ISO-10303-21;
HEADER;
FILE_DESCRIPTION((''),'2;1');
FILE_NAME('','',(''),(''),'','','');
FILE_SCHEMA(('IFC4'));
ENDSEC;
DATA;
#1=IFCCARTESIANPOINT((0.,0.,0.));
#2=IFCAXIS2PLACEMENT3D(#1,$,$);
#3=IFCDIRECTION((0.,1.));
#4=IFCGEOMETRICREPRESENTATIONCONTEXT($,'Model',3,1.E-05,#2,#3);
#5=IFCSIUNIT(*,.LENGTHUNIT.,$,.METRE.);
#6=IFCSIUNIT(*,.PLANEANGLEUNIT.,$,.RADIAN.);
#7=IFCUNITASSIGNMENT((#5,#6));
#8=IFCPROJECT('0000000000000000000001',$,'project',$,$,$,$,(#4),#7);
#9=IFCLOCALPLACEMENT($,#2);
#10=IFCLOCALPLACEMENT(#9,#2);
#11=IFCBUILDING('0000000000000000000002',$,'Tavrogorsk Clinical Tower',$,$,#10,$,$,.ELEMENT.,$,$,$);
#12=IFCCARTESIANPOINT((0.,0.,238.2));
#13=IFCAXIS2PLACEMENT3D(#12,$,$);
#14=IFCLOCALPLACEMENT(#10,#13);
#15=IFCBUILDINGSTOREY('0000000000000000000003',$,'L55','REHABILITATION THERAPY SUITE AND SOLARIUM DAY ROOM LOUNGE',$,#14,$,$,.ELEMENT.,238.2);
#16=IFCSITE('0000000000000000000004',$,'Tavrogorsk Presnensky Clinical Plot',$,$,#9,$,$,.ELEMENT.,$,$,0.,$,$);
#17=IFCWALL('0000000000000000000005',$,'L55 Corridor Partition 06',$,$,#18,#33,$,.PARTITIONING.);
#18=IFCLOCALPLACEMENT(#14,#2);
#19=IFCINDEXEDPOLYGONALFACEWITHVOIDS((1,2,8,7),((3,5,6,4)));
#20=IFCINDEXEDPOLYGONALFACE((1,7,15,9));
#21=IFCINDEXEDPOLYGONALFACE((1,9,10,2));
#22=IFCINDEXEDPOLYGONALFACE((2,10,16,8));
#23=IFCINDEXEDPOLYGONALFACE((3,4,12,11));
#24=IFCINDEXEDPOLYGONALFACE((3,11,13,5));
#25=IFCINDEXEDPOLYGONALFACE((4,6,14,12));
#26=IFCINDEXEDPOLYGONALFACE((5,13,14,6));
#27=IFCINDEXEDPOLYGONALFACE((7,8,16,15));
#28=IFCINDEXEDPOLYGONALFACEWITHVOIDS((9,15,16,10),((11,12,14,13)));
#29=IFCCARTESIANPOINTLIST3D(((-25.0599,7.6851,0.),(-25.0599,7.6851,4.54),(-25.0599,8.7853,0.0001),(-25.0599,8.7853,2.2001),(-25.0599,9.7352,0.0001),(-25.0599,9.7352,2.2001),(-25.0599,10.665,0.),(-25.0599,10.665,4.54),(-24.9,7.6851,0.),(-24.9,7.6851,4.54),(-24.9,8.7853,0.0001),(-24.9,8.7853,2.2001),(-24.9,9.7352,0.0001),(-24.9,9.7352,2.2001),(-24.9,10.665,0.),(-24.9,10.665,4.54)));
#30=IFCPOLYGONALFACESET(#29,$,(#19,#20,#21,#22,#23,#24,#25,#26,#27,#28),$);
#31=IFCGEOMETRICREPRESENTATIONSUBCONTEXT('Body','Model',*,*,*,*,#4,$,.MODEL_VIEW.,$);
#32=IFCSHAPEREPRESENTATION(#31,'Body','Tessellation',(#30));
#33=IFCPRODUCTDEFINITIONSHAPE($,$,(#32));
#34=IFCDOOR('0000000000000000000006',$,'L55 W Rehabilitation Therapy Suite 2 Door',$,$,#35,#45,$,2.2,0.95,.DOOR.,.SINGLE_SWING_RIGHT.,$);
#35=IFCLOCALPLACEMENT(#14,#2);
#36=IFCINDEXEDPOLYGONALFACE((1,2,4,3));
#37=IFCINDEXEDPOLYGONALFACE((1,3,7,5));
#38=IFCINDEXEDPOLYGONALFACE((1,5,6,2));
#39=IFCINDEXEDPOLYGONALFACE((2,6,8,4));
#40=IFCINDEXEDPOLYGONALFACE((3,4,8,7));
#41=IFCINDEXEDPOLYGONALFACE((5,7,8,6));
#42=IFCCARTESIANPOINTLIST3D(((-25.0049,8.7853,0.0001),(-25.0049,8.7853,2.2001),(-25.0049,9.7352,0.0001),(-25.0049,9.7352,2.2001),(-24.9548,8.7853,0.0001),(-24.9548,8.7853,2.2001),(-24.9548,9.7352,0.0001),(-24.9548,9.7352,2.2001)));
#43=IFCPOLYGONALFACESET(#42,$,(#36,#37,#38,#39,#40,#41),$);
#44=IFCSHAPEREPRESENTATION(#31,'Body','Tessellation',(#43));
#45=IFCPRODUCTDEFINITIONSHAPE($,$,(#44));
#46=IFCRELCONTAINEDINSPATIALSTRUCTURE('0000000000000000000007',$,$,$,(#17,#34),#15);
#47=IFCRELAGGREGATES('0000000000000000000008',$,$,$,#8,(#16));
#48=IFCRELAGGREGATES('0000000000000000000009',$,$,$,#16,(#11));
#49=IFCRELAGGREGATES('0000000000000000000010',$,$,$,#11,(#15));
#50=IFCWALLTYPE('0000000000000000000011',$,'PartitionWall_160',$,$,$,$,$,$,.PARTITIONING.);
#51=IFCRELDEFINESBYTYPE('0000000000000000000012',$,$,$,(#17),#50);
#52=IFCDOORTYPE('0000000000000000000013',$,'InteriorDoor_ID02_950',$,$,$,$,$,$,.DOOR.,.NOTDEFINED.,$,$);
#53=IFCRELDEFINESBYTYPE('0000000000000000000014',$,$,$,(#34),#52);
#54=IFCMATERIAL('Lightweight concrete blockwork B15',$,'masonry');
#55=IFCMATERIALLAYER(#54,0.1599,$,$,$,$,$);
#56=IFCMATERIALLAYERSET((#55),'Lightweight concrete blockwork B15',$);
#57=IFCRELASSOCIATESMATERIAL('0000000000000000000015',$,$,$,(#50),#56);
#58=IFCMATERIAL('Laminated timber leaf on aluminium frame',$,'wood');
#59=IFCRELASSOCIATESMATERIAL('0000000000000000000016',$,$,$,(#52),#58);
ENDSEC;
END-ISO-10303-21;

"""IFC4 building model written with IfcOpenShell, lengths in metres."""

from ifc_helpers import new_model, si_unit, direction, frame, frame_2d, origin, place, context, subcontext, project, spatial, rectangle, extrude, material, layer, layer_set, type_object, element, fill, save


model = new_model("IFC4")

# Units and contexts
model_context = context("Model", 3, precision=1e-05, world=origin(), true_north=direction((0.0, 1.0)))
body_context = subcontext(model_context, "Body", "Model", "MODEL_VIEW")
ifc_project = project(units=[si_unit("LENGTHUNIT", "METRE"), si_unit("PLANEANGLEUNIT", "RADIAN")], contexts=[model_context])

# Site, building, storey
site_placement = place(None, origin())
site = spatial("IfcSite", under=ifc_project, at=site_placement, Name="Tavrogorsk Presnensky Clinical Plot", CompositionType="ELEMENT", RefElevation=0.0)
building_placement = place(site_placement, origin())
building = spatial("IfcBuilding", under=site, at=building_placement, Name="Tavrogorsk Clinical Tower", CompositionType="ELEMENT")
storey_placement = place(building_placement, frame((0.0, 0.0, 238.2)))
storey = spatial("IfcBuildingStorey", under=building, at=storey_placement, Name="L55", Description="REHABILITATION THERAPY SUITE AND SOLARIUM DAY ROOM LOUNGE", CompositionType="ELEMENT", Elevation=238.2)

# Wall, opening, door
ifc_material_1 = material(Name="Lightweight concrete blockwork B15", Category="masonry")
ifc_layer_1 = layer(ifc_material_1, 0.1599)
ifc_layer_set_1 = layer_set([ifc_layer_1], Name="Lightweight concrete blockwork B15")
wall_type_1 = type_object("IfcWallType", Name="PartitionWall_160", PredefinedType="PARTITIONING", material=ifc_layer_set_1)
wall_1_placement = place(storey_placement, frame((-24.98, 7.6851, 0.0), z_axis=(0.0, 0.0, 1.0), x_axis=(0.0, 1.0, 0.0)))
wall_1 = element("IfcWall", 1, at=wall_1_placement, inside=storey, type_object=wall_type_1, Name="L55 Corridor Partition 06", PredefinedType="PARTITIONING", context=body_context, shape_type="SweptSolid", body=[
    extrude(rectangle(XDim=2.98, YDim=0.1599, at=frame_2d((1.49, 0.0))), origin(), (0.0, 0.0, 1.0), 4.54),
])
opening_1_placement = place(wall_1_placement, frame((1.1001, 0.0, 0.0)))
opening_1 = element("IfcOpeningElement", 2, at=opening_1_placement, cuts=wall_1, PredefinedType="OPENING", context=body_context, shape_type="SweptSolid", body=[
    extrude(rectangle(XDim=0.95, YDim=2.2, at=frame_2d((0.4751, 1.1001))), frame((0.0, 0.0898, 0.0), z_axis=(0.0, -1.0, 0.0), x_axis=(1.0, 0.0, 0.0)), (0.0, 0.0, 1.0), 0.1799),
])
ifc_material_2 = material(Name="Laminated timber leaf on aluminium frame", Category="wood")
door_type_1 = type_object("IfcDoorType", Name="InteriorDoor_ID02_950", OperationType="NOTDEFINED", PredefinedType="DOOR", material=ifc_material_2)
door_1_placement = place(opening_1_placement, origin())
door_1 = element("IfcDoor", 3, at=door_1_placement, inside=storey, type_object=door_type_1, Name="L55 W Rehabilitation Therapy Suite 2 Door", OperationType="SINGLE_SWING_RIGHT", OverallHeight=2.2, OverallWidth=0.95, PredefinedType="DOOR", context=body_context, shape_type="SweptSolid", body=[
    extrude(rectangle(XDim=0.95, YDim=2.2, at=frame_2d((0.4751, 1.1001))), frame((0.0, 0.0249, 0.0), z_axis=(0.0, -1.0, 0.0), x_axis=(1.0, 0.0, 0.0)), (0.0, 0.0, 1.0), 0.05),
])
fill(opening_1, door_1)

save(model, "model.ifc")
